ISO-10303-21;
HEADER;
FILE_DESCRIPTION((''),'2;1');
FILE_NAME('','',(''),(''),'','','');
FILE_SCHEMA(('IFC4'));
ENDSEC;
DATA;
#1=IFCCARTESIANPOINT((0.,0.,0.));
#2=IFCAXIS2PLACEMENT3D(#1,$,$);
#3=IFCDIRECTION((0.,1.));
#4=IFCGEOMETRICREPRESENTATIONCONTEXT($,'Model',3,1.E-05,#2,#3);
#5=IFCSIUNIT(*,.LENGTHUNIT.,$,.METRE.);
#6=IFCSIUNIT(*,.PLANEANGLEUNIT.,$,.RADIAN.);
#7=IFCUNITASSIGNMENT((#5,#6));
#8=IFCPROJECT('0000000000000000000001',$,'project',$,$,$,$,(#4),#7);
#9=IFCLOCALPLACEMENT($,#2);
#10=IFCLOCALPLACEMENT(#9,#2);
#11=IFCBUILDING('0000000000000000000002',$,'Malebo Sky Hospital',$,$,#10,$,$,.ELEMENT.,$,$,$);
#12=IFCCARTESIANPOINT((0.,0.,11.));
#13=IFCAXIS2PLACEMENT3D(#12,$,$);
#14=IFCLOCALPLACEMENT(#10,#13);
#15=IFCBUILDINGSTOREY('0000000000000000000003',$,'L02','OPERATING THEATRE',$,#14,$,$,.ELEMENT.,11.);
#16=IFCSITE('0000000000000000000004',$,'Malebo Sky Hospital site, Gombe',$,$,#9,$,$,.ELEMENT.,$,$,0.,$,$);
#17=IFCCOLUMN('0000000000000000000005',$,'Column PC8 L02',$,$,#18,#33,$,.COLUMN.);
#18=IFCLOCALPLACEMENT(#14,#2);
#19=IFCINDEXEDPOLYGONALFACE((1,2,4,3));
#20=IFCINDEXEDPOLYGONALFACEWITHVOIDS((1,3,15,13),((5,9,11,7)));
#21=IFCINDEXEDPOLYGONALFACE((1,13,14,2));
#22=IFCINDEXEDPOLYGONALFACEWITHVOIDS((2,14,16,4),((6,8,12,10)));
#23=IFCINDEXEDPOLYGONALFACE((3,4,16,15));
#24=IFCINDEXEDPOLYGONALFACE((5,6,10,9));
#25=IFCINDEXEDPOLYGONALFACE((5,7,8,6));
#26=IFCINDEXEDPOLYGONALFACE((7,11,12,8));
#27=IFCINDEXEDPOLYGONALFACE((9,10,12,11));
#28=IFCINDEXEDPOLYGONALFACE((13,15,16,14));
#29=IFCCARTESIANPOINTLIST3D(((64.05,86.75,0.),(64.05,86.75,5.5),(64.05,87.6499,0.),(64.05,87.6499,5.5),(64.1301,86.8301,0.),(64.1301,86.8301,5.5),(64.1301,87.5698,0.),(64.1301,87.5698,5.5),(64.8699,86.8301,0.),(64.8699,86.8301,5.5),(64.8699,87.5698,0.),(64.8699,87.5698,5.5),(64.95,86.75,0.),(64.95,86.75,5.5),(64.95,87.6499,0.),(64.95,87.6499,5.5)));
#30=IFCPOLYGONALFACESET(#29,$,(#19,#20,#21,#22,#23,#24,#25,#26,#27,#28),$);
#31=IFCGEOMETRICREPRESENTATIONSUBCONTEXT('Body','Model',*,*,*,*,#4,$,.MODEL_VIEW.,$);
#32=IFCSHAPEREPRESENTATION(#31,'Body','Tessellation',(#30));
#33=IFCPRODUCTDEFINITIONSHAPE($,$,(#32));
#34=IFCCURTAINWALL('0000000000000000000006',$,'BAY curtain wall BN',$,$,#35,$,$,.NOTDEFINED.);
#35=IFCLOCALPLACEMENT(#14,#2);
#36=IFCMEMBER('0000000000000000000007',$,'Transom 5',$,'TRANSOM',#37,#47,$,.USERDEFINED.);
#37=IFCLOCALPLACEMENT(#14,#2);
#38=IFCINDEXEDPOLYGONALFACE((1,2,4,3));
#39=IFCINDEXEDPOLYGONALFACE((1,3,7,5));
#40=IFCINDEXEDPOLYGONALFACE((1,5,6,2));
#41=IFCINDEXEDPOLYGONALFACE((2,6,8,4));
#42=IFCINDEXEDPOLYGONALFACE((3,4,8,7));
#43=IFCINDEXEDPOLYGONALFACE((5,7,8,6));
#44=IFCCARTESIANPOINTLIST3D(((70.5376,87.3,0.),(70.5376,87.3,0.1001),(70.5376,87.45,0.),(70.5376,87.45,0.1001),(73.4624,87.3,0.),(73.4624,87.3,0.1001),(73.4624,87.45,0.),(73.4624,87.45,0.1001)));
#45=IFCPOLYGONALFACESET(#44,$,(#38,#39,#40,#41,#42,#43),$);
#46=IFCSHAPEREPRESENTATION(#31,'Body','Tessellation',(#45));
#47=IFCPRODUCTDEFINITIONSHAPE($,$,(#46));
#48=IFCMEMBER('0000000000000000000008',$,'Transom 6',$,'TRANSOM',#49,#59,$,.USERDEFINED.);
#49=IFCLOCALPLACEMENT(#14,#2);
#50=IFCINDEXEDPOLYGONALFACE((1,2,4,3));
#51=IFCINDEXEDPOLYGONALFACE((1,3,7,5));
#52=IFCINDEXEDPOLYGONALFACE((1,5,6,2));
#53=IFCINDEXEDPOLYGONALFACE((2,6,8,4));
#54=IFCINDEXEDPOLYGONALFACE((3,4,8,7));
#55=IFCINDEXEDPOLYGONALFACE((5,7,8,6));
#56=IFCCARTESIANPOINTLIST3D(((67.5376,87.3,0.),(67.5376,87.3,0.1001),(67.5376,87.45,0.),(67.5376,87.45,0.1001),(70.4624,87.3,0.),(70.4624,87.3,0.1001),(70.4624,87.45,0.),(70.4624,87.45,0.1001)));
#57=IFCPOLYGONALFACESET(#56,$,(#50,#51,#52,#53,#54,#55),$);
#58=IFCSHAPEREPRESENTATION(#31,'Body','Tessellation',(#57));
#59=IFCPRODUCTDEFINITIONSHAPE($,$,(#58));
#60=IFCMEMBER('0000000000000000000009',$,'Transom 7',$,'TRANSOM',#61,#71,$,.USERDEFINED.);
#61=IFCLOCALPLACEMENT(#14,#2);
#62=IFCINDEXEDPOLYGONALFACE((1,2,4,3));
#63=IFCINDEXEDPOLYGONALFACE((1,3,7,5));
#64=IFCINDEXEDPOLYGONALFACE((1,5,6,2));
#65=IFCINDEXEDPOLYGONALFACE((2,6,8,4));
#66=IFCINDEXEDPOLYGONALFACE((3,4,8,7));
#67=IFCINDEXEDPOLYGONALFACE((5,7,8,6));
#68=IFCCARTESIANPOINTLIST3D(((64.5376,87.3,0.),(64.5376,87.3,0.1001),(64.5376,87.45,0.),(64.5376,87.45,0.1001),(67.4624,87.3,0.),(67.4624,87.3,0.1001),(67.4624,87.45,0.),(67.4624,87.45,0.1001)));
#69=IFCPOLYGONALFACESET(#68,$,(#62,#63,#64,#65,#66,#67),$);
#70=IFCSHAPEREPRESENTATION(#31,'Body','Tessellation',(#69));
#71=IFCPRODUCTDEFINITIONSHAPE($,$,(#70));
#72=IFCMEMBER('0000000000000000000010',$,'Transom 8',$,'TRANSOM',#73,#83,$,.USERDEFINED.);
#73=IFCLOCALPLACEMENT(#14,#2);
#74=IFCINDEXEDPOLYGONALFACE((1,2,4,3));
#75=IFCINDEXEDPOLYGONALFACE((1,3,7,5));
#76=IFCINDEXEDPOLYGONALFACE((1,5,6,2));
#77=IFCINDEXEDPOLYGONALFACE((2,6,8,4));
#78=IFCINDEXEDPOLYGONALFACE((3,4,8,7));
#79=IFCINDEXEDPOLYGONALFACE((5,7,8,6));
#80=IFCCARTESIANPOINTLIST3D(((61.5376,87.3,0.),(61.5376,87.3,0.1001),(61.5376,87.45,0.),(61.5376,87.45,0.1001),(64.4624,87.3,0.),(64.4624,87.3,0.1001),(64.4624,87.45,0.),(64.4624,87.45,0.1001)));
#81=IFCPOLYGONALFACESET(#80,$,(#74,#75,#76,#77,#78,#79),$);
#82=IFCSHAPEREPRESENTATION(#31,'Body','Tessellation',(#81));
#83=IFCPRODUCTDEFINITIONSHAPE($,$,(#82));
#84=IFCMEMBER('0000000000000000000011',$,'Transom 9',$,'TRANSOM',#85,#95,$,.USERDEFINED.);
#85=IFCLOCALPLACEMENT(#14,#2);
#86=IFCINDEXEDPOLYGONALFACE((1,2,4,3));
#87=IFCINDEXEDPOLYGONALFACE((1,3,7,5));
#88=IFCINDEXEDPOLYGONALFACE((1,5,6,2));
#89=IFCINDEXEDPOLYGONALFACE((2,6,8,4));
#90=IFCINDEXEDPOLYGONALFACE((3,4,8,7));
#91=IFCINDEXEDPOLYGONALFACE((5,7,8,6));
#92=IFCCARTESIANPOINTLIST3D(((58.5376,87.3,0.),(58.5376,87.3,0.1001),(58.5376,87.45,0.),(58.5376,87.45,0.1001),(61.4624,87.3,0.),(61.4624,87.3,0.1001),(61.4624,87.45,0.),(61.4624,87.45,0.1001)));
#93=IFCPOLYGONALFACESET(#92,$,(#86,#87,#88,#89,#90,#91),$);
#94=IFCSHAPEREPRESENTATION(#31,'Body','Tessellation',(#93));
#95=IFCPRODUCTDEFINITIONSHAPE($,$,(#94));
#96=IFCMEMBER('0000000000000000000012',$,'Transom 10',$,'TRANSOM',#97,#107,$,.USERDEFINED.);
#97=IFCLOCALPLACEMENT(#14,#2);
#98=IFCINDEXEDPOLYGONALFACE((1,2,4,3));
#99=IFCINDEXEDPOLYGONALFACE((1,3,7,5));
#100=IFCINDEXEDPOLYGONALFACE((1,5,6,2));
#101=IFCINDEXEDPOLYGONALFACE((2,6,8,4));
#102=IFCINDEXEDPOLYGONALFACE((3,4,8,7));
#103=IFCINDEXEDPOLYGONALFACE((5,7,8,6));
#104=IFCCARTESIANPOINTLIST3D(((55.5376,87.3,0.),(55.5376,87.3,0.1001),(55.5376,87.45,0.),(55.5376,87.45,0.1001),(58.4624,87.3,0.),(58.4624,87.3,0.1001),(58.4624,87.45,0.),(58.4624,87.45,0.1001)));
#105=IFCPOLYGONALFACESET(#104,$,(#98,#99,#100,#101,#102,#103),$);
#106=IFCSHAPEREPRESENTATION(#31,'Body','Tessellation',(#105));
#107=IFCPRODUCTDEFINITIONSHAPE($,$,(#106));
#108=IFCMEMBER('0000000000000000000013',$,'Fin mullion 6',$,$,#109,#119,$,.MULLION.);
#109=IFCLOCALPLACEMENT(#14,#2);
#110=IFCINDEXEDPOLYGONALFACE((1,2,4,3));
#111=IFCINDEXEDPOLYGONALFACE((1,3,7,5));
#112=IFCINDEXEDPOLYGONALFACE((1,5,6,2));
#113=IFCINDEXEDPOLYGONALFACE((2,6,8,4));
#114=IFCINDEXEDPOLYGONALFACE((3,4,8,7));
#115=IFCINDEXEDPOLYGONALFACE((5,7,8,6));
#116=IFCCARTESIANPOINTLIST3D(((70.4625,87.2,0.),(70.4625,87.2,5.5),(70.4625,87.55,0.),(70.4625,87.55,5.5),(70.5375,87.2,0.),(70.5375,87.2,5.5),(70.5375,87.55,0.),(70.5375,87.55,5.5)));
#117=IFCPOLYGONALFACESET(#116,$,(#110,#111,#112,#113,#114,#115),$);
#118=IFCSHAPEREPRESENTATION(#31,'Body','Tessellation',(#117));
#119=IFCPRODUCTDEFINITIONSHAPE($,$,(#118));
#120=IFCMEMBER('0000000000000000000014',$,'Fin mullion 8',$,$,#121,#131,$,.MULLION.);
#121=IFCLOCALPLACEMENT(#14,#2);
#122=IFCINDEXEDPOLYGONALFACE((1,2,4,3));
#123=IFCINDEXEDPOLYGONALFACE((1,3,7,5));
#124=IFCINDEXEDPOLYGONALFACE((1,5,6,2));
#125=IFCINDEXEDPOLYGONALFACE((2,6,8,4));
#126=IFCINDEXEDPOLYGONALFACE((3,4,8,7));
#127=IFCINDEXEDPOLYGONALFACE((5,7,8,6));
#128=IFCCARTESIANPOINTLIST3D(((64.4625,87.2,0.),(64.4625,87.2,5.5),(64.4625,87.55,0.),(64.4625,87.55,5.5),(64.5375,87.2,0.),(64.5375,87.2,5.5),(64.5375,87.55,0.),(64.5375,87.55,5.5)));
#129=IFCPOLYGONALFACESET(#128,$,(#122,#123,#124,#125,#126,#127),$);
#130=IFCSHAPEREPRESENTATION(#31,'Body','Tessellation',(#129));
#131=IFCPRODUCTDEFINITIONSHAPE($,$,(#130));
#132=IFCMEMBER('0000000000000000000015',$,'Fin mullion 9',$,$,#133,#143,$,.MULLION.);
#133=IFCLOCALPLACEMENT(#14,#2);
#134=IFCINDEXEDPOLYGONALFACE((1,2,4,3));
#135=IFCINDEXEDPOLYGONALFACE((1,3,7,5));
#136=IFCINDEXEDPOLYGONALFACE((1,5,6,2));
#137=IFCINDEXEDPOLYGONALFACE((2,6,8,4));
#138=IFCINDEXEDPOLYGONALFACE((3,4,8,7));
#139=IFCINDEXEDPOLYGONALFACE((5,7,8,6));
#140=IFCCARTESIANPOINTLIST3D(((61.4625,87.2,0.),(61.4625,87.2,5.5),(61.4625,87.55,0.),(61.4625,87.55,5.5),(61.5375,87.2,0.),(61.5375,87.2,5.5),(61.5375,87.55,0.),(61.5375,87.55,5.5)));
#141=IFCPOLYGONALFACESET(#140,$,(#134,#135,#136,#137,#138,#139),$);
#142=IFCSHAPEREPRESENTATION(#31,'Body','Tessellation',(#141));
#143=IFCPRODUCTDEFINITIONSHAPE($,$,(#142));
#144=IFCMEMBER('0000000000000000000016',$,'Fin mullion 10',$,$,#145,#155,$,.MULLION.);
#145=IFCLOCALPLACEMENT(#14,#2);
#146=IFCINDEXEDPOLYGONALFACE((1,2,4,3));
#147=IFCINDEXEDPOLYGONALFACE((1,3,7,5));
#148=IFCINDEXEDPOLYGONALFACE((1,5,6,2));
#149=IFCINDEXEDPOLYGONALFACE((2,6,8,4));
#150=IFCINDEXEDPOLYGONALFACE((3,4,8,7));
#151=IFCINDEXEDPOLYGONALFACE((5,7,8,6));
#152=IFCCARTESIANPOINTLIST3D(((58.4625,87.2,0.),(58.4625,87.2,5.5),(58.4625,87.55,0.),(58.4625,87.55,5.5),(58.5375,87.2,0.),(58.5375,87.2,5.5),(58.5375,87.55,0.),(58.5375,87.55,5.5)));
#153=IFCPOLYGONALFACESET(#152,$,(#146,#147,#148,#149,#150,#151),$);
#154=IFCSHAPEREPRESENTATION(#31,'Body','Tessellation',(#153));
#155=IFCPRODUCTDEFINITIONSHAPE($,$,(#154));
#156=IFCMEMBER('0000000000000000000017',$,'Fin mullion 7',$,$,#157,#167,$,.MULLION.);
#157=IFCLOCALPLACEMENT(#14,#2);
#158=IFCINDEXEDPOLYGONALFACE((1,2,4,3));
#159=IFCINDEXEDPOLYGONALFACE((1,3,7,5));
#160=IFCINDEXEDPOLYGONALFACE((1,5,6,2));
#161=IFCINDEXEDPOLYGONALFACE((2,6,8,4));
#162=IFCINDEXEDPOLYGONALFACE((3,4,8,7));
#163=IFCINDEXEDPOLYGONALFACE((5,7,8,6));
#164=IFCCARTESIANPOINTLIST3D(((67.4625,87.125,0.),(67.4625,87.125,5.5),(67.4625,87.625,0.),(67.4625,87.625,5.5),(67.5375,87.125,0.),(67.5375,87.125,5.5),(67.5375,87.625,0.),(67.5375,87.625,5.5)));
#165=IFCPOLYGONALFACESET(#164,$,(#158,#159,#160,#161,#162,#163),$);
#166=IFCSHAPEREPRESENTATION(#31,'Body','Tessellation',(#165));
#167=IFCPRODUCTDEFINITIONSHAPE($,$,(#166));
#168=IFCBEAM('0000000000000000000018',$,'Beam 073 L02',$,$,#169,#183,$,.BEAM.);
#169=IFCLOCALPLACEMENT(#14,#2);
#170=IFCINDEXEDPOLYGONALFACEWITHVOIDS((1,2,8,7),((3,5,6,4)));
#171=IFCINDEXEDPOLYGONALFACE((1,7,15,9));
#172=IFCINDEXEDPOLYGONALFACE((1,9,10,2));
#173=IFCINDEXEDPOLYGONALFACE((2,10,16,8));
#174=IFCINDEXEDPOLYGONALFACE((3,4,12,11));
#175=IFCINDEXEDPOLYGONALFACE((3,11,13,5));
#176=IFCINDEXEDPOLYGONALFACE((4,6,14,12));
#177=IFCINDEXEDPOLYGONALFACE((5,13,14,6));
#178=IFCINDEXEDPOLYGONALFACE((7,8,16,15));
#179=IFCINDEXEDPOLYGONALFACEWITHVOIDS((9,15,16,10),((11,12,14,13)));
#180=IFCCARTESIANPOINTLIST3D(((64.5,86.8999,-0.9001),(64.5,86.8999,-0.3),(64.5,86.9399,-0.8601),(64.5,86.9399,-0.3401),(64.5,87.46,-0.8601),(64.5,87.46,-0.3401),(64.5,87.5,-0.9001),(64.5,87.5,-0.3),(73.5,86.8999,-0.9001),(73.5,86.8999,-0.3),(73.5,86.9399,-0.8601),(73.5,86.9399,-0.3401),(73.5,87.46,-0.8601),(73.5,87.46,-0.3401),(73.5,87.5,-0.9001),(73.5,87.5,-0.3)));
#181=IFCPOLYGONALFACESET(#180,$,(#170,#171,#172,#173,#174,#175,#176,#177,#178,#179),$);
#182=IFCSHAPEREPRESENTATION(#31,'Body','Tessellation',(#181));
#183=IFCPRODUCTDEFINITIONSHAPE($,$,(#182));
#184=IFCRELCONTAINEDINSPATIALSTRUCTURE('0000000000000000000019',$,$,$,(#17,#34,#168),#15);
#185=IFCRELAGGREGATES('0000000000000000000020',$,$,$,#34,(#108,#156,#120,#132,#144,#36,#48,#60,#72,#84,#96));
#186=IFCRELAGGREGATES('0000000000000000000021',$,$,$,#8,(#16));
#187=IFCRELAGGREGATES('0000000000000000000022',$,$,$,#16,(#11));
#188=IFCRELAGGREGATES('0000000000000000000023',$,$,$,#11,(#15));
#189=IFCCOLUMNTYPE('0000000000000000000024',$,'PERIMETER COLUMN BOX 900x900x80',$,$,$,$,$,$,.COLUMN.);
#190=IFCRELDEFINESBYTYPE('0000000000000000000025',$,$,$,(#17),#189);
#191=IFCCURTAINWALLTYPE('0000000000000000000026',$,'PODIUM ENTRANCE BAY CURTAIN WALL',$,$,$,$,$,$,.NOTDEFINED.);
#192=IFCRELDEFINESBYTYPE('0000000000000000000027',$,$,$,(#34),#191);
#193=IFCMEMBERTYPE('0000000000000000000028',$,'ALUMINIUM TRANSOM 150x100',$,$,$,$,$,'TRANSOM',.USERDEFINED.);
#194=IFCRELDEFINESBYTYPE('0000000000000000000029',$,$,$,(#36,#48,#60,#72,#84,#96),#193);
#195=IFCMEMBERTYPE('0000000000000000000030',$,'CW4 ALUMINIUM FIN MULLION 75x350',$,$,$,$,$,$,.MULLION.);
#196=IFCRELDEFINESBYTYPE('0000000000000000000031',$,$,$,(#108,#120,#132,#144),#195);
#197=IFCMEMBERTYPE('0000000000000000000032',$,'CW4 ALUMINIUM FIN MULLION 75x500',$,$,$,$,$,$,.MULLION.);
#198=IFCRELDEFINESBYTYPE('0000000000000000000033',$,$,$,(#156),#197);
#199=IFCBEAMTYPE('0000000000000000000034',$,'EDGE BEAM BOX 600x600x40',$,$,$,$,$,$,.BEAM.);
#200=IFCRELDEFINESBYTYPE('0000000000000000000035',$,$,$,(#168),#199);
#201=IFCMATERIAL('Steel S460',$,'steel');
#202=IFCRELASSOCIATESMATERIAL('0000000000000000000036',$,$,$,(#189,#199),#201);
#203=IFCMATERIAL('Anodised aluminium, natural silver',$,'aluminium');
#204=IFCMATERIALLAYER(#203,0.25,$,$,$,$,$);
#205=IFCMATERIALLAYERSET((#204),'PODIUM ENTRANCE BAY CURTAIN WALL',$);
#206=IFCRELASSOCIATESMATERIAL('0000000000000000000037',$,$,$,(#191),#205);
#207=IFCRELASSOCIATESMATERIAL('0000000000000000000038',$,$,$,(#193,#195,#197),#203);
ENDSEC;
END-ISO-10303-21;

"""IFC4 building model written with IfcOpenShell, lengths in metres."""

from ifc_helpers import new_model, si_unit, direction, frame, origin, origin_2d, place, context, subcontext, project, spatial, rectangle, hollow_rectangle, extrude, material, layer, layer_set, material_profile, profile_set, type_object, element, aggregate, save


model = new_model("IFC4")

# Units and contexts
model_context = context("Model", 3, precision=1e-05, world=origin(), true_north=direction((0.0, 1.0)))
body_context = subcontext(model_context, "Body", "Model", "MODEL_VIEW")
ifc_project = project(units=[si_unit("LENGTHUNIT", "METRE"), si_unit("PLANEANGLEUNIT", "RADIAN")], contexts=[model_context])

# Site, building, storey
site_placement = place(None, origin())
site = spatial("IfcSite", under=ifc_project, at=site_placement, Name="Malebo Sky Hospital site, Gombe", CompositionType="ELEMENT", RefElevation=0.0)
building_placement = place(site_placement, origin())
building = spatial("IfcBuilding", under=site, at=building_placement, Name="Malebo Sky Hospital", CompositionType="ELEMENT")
storey_placement = place(building_placement, frame((0.0, 0.0, 11.0)))
storey = spatial("IfcBuildingStorey", under=building, at=storey_placement, Name="L02", Description="OPERATING THEATRE", CompositionType="ELEMENT", Elevation=11.0)

# Column
ifc_material_1 = material(Name="Steel S460", Category="steel")
ifc_material_profile_1 = material_profile(ifc_material_1, hollow_rectangle(XDim=0.8999, YDim=0.8999, WallThickness=0.0801, at=origin_2d()), Name="BOX 900x900x80")
ifc_profile_set_1 = profile_set([ifc_material_profile_1], Name="Steel S460")
column_type = type_object("IfcColumnType", Name="PERIMETER COLUMN BOX 900x900x80", PredefinedType="COLUMN", material=ifc_profile_set_1)
column_placement = place(storey_placement, frame((64.5, 87.2, 0.0), z_axis=(0.0, 0.0, 1.0), x_axis=(1.0, 0.0, 0.0)))
element("IfcColumn", 1, at=column_placement, inside=storey, type_object=column_type, Name="Column PC8 L02", PredefinedType="COLUMN", context=body_context, shape_type="SweptSolid", body=[
    extrude(hollow_rectangle(XDim=0.8999, YDim=0.8999, WallThickness=0.0801, at=origin_2d()), origin(), (0.0, 0.0, 1.0), 5.5),
])

# Curtain wall, members
ifc_material_2 = material(Name="Anodised aluminium, natural silver", Category="aluminium")
ifc_layer_1 = layer(ifc_material_2, 0.25)
ifc_layer_set_1 = layer_set([ifc_layer_1], Name="PODIUM ENTRANCE BAY CURTAIN WALL")
curtain_wall_type = type_object("IfcCurtainWallType", Name="PODIUM ENTRANCE BAY CURTAIN WALL", PredefinedType="NOTDEFINED", material=ifc_layer_set_1)
curtain_wall_placement = place(storey_placement, origin())
curtain_wall = element("IfcCurtainWall", 2, at=curtain_wall_placement, inside=storey, type_object=curtain_wall_type, Name="BAY curtain wall BN", PredefinedType="NOTDEFINED")
ifc_material_profile_2 = material_profile(ifc_material_2, rectangle(XDim=0.1499, YDim=0.1001, at=origin_2d()), Name="ALUMINIUM TRANSOM 150x100")
ifc_profile_set_2 = profile_set([ifc_material_profile_2], Name="Anodised aluminium, natural silver")
member_type_1 = type_object("IfcMemberType", Name="ALUMINIUM TRANSOM 150x100", ElementType="TRANSOM", PredefinedType="USERDEFINED", material=ifc_profile_set_2)
member_1_placement = place(storey_placement, frame((73.4624, 87.375, 0.05), z_axis=(-1.0, 0.0, 0.0), x_axis=(0.0, -1.0, 0.0)))
member_1 = element("IfcMember", 3, at=member_1_placement, type_object=member_type_1, Name="Transom 5", ObjectType="TRANSOM", PredefinedType="USERDEFINED", context=body_context, shape_type="SweptSolid", body=[
    extrude(rectangle(XDim=0.1499, YDim=0.1001, at=origin_2d()), origin(), (0.0, 0.0, 1.0), 2.9248),
])
member_2_placement = place(storey_placement, frame((70.4624, 87.375, 0.05), z_axis=(-1.0, 0.0, 0.0), x_axis=(0.0, -1.0, 0.0)))
member_2 = element("IfcMember", 4, at=member_2_placement, type_object=member_type_1, Name="Transom 6", ObjectType="TRANSOM", PredefinedType="USERDEFINED", context=body_context, shape_type="SweptSolid", body=[
    extrude(rectangle(XDim=0.1499, YDim=0.1001, at=origin_2d()), origin(), (0.0, 0.0, 1.0), 2.9248),
])
member_3_placement = place(storey_placement, frame((67.4624, 87.375, 0.05), z_axis=(-1.0, 0.0, 0.0), x_axis=(0.0, -1.0, 0.0)))
member_3 = element("IfcMember", 5, at=member_3_placement, type_object=member_type_1, Name="Transom 7", ObjectType="TRANSOM", PredefinedType="USERDEFINED", context=body_context, shape_type="SweptSolid", body=[
    extrude(rectangle(XDim=0.1499, YDim=0.1001, at=origin_2d()), origin(), (0.0, 0.0, 1.0), 2.9248),
])
member_4_placement = place(storey_placement, frame((64.4624, 87.375, 0.05), z_axis=(-1.0, 0.0, 0.0), x_axis=(0.0, -1.0, 0.0)))
member_4 = element("IfcMember", 6, at=member_4_placement, type_object=member_type_1, Name="Transom 8", ObjectType="TRANSOM", PredefinedType="USERDEFINED", context=body_context, shape_type="SweptSolid", body=[
    extrude(rectangle(XDim=0.1499, YDim=0.1001, at=origin_2d()), origin(), (0.0, 0.0, 1.0), 2.9248),
])
member_5_placement = place(storey_placement, frame((61.4624, 87.375, 0.05), z_axis=(-1.0, 0.0, 0.0), x_axis=(0.0, -1.0, 0.0)))
member_5 = element("IfcMember", 7, at=member_5_placement, type_object=member_type_1, Name="Transom 9", ObjectType="TRANSOM", PredefinedType="USERDEFINED", context=body_context, shape_type="SweptSolid", body=[
    extrude(rectangle(XDim=0.1499, YDim=0.1001, at=origin_2d()), origin(), (0.0, 0.0, 1.0), 2.9248),
])
member_6_placement = place(storey_placement, frame((58.4624, 87.375, 0.05), z_axis=(-1.0, 0.0, 0.0), x_axis=(0.0, -1.0, 0.0)))
member_6 = element("IfcMember", 8, at=member_6_placement, type_object=member_type_1, Name="Transom 10", ObjectType="TRANSOM", PredefinedType="USERDEFINED", context=body_context, shape_type="SweptSolid", body=[
    extrude(rectangle(XDim=0.1499, YDim=0.1001, at=origin_2d()), origin(), (0.0, 0.0, 1.0), 2.9248),
])
ifc_material_profile_3 = material_profile(ifc_material_2, rectangle(XDim=0.075, YDim=0.3501, at=origin_2d()), Name="CW4 ALUMINIUM FIN MULLION 75x350")
ifc_profile_set_3 = profile_set([ifc_material_profile_3], Name="Anodised aluminium, natural silver")
member_type_2 = type_object("IfcMemberType", Name="CW4 ALUMINIUM FIN MULLION 75x350", PredefinedType="MULLION", material=ifc_profile_set_3)
member_7_placement = place(storey_placement, frame((70.5, 87.375, 0.0), z_axis=(0.0, 0.0, 1.0), x_axis=(-1.0, 0.0, 0.0)))
member_7 = element("IfcMember", 9, at=member_7_placement, type_object=member_type_2, Name="Fin mullion 6", PredefinedType="MULLION", context=body_context, shape_type="SweptSolid", body=[
    extrude(rectangle(XDim=0.075, YDim=0.3501, at=origin_2d()), origin(), (0.0, 0.0, 1.0), 5.5),
])
member_8_placement = place(storey_placement, frame((64.5, 87.375, 0.0), z_axis=(0.0, 0.0, 1.0), x_axis=(-1.0, 0.0, 0.0)))
member_8 = element("IfcMember", 10, at=member_8_placement, type_object=member_type_2, Name="Fin mullion 8", PredefinedType="MULLION", context=body_context, shape_type="SweptSolid", body=[
    extrude(rectangle(XDim=0.075, YDim=0.3501, at=origin_2d()), origin(), (0.0, 0.0, 1.0), 5.5),
])
member_9_placement = place(storey_placement, frame((61.5, 87.375, 0.0), z_axis=(0.0, 0.0, 1.0), x_axis=(-1.0, 0.0, 0.0)))
member_9 = element("IfcMember", 11, at=member_9_placement, type_object=member_type_2, Name="Fin mullion 9", PredefinedType="MULLION", context=body_context, shape_type="SweptSolid", body=[
    extrude(rectangle(XDim=0.075, YDim=0.3501, at=origin_2d()), origin(), (0.0, 0.0, 1.0), 5.5),
])
member_10_placement = place(storey_placement, frame((58.5, 87.375, 0.0), z_axis=(0.0, 0.0, 1.0), x_axis=(-1.0, 0.0, 0.0)))
member_10 = element("IfcMember", 12, at=member_10_placement, type_object=member_type_2, Name="Fin mullion 10", PredefinedType="MULLION", context=body_context, shape_type="SweptSolid", body=[
    extrude(rectangle(XDim=0.075, YDim=0.3501, at=origin_2d()), origin(), (0.0, 0.0, 1.0), 5.5),
])
ifc_material_profile_4 = material_profile(ifc_material_2, rectangle(XDim=0.075, YDim=0.5, at=origin_2d()), Name="CW4 ALUMINIUM FIN MULLION 75x500")
ifc_profile_set_4 = profile_set([ifc_material_profile_4], Name="Anodised aluminium, natural silver")
member_type_3 = type_object("IfcMemberType", Name="CW4 ALUMINIUM FIN MULLION 75x500", PredefinedType="MULLION", material=ifc_profile_set_4)
member_11_placement = place(storey_placement, frame((67.5, 87.375, 0.0), z_axis=(0.0, 0.0, 1.0), x_axis=(-1.0, 0.0, 0.0)))
member_11 = element("IfcMember", 13, at=member_11_placement, type_object=member_type_3, Name="Fin mullion 7", PredefinedType="MULLION", context=body_context, shape_type="SweptSolid", body=[
    extrude(rectangle(XDim=0.075, YDim=0.5, at=origin_2d()), origin(), (0.0, 0.0, 1.0), 5.5),
])

# Beam
ifc_material_profile_5 = material_profile(ifc_material_1, hollow_rectangle(XDim=0.6001, YDim=0.6001, WallThickness=0.04, at=origin_2d()), Name="BOX 600x600x40")
ifc_profile_set_5 = profile_set([ifc_material_profile_5], Name="Steel S460")
beam_type_1 = type_object("IfcBeamType", Name="EDGE BEAM BOX 600x600x40", PredefinedType="BEAM", material=ifc_profile_set_5)
beam_1_placement = place(storey_placement, frame((64.5, 87.2, -0.6001), z_axis=(1.0, 0.0, 0.0), x_axis=(0.0, 1.0, 0.0)))
element("IfcBeam", 14, at=beam_1_placement, inside=storey, type_object=beam_type_1, Name="Beam 073 L02", PredefinedType="BEAM", context=body_context, shape_type="SweptSolid", body=[
    extrude(hollow_rectangle(XDim=0.6001, YDim=0.6001, WallThickness=0.04, at=origin_2d()), origin(), (0.0, 0.0, 1.0), 9.0),
])

aggregate(curtain_wall, [member_7, member_11, member_8, member_9, member_10, member_1, member_2, member_3, member_4, member_5, member_6])

save(model, "model.ifc")
